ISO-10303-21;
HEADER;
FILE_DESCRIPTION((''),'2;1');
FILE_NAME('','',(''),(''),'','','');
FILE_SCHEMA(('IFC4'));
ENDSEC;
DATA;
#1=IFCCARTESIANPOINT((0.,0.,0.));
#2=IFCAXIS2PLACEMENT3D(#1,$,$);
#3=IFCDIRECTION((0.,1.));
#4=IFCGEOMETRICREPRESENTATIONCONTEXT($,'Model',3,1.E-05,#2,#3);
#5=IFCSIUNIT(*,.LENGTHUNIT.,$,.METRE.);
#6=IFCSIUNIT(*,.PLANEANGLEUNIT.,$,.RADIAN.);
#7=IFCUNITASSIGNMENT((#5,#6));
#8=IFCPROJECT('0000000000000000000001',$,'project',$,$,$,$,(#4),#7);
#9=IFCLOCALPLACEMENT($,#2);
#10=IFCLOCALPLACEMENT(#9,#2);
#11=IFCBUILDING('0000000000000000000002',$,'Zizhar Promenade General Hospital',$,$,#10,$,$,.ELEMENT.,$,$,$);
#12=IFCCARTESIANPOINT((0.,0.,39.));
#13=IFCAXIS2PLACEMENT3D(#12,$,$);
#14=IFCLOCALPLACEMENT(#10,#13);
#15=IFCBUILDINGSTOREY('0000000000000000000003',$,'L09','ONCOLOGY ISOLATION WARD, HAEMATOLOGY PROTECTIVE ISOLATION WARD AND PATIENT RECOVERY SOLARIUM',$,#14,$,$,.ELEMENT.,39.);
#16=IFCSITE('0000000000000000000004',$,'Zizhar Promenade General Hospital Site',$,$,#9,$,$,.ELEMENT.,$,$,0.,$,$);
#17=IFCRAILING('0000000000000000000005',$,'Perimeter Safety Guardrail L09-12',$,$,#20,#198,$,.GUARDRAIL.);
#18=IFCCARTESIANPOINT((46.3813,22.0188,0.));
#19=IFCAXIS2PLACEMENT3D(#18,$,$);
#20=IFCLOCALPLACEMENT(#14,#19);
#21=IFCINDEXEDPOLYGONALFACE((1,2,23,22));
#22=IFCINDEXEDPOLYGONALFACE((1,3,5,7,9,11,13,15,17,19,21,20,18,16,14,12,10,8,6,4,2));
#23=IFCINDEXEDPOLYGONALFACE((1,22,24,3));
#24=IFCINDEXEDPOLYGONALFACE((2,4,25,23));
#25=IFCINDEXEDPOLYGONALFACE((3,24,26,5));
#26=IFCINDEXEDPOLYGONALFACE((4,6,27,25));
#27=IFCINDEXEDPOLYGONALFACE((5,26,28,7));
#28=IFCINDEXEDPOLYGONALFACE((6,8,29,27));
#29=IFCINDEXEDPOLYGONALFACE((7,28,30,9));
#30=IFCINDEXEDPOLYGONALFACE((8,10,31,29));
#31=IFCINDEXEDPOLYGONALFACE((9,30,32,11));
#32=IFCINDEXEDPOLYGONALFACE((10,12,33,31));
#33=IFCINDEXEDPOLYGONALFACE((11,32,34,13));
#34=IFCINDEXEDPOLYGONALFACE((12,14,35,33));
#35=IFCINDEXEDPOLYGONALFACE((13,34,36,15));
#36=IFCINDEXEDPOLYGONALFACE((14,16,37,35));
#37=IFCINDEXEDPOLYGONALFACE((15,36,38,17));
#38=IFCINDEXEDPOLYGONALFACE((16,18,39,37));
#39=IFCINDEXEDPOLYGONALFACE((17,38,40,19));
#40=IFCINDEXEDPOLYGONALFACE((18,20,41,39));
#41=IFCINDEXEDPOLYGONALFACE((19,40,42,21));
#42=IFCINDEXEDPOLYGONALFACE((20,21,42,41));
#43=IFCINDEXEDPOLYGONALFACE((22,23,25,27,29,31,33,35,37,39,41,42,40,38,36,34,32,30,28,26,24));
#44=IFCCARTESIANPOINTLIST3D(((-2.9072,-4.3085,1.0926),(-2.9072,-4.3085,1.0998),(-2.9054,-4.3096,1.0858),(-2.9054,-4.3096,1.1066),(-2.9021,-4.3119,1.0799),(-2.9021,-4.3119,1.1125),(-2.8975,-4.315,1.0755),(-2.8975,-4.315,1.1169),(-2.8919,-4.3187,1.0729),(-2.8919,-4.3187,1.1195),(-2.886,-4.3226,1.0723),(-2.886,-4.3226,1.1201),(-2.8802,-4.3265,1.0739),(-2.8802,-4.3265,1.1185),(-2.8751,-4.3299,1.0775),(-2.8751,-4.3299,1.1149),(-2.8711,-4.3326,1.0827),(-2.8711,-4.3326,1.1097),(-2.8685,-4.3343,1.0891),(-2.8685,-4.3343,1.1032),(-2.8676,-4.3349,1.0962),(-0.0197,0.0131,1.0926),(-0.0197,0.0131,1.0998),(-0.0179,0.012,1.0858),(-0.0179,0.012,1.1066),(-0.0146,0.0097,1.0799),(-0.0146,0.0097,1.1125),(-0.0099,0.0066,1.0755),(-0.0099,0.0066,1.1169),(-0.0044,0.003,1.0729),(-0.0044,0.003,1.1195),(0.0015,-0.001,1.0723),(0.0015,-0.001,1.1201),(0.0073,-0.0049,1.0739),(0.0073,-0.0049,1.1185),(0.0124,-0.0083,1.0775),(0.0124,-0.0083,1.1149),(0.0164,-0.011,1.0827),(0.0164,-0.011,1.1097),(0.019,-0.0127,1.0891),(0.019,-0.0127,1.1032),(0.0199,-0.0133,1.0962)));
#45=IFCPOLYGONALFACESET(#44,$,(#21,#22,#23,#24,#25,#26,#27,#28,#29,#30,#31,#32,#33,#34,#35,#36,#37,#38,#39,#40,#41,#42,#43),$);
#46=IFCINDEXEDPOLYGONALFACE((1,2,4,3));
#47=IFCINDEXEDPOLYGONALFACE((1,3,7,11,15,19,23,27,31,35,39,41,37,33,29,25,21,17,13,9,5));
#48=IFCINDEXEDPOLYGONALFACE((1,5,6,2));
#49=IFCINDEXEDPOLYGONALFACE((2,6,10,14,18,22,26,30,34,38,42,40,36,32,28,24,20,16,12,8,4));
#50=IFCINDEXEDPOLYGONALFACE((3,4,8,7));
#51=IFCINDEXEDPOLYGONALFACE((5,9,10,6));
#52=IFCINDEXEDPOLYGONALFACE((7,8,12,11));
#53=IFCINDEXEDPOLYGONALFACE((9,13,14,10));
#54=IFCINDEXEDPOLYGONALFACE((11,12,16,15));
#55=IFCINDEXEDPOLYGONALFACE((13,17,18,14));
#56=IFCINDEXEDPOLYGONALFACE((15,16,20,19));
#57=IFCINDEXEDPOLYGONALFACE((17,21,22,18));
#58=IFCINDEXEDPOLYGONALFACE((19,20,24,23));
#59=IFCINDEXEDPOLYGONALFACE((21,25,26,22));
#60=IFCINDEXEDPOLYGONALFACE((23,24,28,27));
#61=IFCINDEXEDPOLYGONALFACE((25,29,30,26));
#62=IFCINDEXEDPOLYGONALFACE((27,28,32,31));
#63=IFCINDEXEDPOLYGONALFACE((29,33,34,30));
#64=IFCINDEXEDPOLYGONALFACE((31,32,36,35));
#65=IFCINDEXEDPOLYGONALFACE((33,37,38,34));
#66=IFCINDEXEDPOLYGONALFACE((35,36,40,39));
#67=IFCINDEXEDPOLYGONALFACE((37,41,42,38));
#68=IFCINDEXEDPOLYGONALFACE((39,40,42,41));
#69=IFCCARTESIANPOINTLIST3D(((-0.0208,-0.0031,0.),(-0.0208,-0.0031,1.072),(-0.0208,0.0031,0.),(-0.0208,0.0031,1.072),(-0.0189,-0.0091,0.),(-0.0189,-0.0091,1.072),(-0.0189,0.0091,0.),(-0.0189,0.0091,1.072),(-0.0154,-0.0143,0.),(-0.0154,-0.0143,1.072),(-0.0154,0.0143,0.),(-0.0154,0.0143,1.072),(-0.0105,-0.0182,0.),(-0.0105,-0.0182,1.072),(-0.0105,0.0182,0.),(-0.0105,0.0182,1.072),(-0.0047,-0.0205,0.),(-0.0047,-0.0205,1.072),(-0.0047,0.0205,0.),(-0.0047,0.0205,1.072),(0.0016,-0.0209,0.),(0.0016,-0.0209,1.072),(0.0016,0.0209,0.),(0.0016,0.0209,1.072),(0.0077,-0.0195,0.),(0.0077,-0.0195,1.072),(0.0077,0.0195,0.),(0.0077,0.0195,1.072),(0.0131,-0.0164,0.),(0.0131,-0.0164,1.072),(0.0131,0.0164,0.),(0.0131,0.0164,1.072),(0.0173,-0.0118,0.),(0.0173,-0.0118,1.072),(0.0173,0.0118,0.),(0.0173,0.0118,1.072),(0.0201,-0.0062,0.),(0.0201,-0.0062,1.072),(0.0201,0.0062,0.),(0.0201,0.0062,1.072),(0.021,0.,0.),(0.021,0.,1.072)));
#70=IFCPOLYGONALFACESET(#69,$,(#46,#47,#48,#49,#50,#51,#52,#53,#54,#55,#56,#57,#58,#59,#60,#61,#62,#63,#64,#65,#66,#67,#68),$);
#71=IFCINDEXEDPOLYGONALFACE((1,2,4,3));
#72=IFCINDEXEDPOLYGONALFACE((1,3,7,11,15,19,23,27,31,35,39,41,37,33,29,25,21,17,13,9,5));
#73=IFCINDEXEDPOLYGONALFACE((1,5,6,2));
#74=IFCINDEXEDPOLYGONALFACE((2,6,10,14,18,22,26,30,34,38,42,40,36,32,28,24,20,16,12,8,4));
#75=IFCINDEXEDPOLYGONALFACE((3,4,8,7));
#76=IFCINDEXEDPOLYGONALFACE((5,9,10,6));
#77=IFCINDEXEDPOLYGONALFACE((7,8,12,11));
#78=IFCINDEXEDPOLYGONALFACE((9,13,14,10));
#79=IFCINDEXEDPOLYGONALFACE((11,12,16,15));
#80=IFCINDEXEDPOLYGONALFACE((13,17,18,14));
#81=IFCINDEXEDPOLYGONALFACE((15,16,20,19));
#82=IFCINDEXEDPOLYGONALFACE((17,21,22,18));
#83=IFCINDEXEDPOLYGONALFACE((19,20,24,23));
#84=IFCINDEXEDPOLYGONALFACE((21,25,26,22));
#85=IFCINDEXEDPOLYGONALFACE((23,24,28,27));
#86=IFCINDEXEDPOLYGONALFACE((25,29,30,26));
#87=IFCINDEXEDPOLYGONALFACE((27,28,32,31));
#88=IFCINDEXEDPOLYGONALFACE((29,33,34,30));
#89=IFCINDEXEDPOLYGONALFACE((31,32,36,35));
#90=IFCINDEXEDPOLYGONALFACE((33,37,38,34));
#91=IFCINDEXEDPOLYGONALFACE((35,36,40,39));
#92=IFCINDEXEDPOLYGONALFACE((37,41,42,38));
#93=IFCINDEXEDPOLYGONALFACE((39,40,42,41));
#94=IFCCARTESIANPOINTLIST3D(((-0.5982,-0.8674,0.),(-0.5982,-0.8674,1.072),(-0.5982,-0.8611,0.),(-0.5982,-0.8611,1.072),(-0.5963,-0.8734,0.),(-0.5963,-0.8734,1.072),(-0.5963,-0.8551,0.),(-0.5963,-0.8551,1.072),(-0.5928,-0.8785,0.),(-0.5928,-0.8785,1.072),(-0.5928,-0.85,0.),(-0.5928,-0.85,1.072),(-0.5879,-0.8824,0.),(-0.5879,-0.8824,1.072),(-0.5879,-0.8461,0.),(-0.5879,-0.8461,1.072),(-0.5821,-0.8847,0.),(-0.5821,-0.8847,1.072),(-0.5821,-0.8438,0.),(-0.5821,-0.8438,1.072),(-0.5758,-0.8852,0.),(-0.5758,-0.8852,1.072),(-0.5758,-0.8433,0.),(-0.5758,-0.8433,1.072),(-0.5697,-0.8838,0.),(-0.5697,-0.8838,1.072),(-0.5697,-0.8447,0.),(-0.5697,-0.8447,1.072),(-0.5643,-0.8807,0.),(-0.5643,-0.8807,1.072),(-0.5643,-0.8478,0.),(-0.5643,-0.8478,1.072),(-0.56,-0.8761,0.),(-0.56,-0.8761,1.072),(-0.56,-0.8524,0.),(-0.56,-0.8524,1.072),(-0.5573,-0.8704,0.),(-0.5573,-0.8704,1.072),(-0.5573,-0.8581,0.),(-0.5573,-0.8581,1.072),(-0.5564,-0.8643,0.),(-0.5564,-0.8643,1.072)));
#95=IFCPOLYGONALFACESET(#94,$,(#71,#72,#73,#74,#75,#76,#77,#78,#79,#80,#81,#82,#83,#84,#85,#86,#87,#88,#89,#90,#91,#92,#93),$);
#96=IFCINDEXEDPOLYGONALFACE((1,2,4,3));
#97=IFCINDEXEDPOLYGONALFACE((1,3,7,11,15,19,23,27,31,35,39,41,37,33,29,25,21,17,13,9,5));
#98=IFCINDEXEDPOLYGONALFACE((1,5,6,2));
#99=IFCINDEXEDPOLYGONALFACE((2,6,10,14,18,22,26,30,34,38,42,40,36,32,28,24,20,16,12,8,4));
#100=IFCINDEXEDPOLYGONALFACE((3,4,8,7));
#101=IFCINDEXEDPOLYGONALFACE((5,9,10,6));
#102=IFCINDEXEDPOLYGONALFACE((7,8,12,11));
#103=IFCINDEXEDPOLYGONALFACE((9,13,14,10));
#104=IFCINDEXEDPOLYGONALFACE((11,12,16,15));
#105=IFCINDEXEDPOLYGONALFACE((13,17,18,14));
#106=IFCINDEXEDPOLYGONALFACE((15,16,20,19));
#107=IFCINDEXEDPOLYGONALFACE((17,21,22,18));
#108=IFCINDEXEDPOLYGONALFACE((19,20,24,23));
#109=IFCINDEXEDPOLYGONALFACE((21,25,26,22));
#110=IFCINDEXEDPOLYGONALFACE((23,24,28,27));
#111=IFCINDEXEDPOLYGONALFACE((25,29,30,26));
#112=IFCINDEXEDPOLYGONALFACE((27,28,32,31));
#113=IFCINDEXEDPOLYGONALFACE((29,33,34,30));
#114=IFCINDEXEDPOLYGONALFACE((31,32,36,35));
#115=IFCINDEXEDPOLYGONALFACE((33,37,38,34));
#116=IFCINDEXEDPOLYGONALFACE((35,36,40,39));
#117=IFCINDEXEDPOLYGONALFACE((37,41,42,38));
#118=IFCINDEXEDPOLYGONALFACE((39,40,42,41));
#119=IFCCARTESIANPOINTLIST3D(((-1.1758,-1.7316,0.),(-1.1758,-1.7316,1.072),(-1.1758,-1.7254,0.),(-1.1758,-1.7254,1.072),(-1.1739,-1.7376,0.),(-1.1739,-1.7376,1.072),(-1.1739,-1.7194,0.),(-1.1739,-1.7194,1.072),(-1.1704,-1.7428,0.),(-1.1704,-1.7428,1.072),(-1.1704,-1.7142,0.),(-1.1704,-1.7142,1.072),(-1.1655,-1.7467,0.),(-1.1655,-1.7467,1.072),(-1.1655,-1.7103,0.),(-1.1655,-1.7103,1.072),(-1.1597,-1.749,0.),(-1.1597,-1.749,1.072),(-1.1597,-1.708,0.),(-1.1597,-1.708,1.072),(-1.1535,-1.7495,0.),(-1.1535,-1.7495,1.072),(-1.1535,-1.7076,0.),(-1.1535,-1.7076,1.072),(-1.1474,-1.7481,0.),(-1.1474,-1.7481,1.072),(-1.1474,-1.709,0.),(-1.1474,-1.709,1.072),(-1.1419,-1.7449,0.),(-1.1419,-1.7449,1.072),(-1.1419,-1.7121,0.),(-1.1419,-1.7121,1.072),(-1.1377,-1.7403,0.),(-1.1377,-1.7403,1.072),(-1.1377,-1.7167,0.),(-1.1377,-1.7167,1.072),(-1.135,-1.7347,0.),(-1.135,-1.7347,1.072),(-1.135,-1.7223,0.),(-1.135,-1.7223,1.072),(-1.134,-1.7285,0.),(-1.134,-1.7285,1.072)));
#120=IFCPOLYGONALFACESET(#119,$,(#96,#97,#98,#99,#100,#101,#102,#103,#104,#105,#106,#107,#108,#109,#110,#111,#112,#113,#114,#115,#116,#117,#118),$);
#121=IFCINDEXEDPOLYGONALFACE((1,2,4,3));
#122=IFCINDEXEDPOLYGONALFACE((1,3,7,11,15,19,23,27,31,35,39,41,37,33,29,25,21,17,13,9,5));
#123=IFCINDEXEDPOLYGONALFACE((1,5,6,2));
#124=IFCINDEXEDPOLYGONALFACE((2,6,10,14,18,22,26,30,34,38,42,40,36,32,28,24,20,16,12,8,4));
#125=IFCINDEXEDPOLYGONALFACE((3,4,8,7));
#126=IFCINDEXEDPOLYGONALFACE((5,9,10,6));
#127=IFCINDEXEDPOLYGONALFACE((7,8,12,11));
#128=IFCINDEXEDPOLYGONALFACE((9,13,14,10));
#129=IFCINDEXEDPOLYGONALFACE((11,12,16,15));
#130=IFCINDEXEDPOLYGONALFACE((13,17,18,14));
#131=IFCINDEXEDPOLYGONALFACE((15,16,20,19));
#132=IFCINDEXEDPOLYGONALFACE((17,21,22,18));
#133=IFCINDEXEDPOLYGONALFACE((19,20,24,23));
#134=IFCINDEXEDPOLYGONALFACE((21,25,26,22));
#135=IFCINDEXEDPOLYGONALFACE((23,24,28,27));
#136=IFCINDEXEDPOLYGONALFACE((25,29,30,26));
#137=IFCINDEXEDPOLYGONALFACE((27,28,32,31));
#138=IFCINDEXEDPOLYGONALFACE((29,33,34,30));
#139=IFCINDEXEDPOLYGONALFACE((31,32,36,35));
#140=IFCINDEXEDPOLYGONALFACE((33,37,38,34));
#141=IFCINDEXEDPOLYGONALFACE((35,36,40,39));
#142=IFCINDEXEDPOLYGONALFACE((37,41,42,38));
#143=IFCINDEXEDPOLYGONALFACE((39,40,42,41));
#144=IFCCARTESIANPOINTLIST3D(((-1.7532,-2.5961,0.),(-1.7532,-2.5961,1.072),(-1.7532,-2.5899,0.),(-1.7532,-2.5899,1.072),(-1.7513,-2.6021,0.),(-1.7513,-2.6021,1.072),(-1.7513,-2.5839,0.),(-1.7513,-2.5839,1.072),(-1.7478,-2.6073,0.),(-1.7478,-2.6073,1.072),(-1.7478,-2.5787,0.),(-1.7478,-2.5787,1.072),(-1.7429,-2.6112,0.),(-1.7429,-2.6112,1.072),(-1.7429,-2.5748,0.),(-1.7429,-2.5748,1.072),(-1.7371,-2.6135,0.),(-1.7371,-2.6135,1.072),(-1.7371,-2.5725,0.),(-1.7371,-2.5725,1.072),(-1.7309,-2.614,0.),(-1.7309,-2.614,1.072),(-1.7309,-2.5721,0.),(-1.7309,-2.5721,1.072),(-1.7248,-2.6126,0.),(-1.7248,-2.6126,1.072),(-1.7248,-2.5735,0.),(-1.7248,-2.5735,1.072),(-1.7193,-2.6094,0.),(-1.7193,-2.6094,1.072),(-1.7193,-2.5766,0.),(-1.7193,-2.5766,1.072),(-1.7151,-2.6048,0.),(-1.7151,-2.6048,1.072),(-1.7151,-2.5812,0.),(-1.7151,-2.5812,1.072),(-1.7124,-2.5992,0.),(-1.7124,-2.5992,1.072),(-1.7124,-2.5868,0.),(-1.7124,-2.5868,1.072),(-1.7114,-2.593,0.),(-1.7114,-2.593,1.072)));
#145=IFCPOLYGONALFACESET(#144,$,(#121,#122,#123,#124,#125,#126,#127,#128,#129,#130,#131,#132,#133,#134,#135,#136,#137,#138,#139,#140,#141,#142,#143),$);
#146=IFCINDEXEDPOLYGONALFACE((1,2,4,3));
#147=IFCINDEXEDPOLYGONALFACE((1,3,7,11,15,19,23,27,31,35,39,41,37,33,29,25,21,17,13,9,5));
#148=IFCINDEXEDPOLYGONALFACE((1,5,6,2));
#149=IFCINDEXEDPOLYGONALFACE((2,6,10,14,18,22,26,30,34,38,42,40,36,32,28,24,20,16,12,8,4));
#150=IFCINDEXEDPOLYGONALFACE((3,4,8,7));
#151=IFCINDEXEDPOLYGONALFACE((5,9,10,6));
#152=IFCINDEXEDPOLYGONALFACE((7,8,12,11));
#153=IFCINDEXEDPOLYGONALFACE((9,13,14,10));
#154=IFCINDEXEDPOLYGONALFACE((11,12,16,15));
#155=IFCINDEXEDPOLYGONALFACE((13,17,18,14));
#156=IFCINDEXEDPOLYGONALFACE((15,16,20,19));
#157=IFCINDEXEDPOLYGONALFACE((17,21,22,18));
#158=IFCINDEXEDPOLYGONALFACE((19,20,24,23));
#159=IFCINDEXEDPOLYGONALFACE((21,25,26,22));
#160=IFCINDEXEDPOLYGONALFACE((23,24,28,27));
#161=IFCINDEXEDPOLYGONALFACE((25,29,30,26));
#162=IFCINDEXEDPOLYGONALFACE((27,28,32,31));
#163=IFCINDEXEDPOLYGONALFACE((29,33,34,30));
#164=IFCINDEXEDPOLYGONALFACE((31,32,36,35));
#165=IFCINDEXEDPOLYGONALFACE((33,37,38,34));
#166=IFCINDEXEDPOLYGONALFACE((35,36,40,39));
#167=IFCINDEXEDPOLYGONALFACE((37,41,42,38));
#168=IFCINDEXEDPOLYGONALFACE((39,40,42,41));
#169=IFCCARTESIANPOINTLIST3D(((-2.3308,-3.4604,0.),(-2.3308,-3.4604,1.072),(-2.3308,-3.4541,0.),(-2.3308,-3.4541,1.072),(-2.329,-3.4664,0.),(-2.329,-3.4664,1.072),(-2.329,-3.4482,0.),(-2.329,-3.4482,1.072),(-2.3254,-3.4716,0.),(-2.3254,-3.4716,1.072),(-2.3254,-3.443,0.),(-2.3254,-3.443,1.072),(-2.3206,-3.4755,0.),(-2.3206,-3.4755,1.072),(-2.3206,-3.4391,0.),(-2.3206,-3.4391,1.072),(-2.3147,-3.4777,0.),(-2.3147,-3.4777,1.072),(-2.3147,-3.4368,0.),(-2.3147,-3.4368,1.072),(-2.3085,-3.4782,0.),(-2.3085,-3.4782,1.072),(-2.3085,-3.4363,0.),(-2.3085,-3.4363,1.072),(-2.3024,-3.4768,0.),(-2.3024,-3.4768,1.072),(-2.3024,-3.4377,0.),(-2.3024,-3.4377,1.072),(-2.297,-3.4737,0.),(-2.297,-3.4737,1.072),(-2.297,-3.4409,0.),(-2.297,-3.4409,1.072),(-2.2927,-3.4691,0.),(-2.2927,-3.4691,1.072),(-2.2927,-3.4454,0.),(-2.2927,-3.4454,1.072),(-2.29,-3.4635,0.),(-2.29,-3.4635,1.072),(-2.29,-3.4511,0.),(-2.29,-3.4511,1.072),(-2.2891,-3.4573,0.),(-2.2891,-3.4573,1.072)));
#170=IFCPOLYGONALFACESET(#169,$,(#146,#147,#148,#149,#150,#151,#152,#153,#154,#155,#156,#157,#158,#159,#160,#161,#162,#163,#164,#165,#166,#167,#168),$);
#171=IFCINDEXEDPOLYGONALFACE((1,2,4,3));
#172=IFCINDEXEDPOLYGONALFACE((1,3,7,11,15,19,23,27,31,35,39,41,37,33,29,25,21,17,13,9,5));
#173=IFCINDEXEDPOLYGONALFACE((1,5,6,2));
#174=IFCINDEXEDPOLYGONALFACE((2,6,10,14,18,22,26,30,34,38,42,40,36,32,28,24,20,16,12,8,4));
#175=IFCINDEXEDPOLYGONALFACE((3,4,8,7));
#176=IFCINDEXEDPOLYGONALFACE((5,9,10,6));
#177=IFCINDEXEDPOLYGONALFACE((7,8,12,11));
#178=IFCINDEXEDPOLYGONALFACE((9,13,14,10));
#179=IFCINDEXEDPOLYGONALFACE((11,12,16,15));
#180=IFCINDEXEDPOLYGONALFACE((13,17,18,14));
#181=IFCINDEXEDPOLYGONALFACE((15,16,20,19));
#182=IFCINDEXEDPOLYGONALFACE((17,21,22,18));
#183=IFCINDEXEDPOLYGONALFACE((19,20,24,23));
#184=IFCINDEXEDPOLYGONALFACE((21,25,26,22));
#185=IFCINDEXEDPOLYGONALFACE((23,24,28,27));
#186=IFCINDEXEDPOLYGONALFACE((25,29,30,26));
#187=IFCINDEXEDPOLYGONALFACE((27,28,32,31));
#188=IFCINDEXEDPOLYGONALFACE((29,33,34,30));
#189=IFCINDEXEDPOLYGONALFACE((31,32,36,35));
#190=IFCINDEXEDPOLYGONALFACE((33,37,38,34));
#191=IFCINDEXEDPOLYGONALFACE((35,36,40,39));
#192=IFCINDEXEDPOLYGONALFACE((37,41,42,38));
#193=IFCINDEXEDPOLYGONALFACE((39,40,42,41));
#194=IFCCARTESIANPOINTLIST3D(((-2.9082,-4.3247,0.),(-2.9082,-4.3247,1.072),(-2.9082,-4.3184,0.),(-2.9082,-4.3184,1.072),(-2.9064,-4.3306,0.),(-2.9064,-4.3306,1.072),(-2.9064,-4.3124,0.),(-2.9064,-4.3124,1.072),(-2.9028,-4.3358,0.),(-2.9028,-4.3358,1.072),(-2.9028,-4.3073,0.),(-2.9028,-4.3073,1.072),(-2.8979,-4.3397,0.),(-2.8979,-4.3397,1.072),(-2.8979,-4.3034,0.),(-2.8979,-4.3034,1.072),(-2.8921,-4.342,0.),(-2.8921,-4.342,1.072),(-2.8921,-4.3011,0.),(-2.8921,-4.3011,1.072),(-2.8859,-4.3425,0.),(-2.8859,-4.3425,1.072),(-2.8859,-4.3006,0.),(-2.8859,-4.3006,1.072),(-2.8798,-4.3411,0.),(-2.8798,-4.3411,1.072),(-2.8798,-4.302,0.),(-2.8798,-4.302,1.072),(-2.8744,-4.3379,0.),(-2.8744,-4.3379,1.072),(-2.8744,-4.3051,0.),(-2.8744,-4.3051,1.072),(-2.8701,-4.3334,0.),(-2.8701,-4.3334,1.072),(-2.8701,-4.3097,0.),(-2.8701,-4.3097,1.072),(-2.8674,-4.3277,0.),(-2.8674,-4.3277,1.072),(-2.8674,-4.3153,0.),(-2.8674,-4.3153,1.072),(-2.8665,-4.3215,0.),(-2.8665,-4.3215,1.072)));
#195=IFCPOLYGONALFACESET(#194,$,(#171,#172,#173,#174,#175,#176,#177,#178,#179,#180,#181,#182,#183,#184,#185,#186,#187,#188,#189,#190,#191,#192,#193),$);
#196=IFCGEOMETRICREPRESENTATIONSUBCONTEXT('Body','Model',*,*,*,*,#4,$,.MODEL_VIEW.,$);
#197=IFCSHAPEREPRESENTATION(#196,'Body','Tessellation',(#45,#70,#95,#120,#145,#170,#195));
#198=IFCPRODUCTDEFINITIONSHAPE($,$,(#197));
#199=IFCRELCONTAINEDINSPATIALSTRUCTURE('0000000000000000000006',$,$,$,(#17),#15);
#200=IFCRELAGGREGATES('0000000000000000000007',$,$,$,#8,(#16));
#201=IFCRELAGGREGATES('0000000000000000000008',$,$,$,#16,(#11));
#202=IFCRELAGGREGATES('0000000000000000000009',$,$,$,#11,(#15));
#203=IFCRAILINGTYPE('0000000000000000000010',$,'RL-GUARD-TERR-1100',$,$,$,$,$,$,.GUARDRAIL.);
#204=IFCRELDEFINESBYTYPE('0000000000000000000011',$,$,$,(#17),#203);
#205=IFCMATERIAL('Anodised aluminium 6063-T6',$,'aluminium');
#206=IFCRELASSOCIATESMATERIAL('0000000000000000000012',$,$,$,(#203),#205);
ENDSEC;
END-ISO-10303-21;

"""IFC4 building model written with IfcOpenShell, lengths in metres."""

from ifc_helpers import new_model, si_unit, direction, frame, origin, origin_2d, place, context, subcontext, project, spatial, circle, hollow_circle, extrude, material, material_profile, profile_set, type_object, element, save


model = new_model("IFC4")

# Units and contexts
model_context = context("Model", 3, precision=1e-05, world=origin(), true_north=direction((0.0, 1.0)))
body_context = subcontext(model_context, "Body", "Model", "MODEL_VIEW")
ifc_project = project(units=[si_unit("LENGTHUNIT", "METRE"), si_unit("PLANEANGLEUNIT", "RADIAN")], contexts=[model_context])

# Site, building, storey
site_placement = place(None, origin())
site = spatial("IfcSite", under=ifc_project, at=site_placement, Name="Zizhar Promenade General Hospital Site", CompositionType="ELEMENT", RefElevation=0.0)
building_placement = place(site_placement, origin())
building = spatial("IfcBuilding", under=site, at=building_placement, Name="Zizhar Promenade General Hospital", CompositionType="ELEMENT")
storey_placement = place(building_placement, frame((0.0, 0.0, 39.0)))
storey = spatial("IfcBuildingStorey", under=building, at=storey_placement, Name="L09", Description="ONCOLOGY ISOLATION WARD, HAEMATOLOGY PROTECTIVE ISOLATION WARD AND PATIENT RECOVERY SOLARIUM", CompositionType="ELEMENT", Elevation=39.0)

# Railing
ifc_material_1 = material(Name="Anodised aluminium 6063-T6", Category="aluminium")
ifc_material_profile_1 = material_profile(ifc_material_1, hollow_circle(Radius=0.0698, WallThickness=0.0063, at=origin_2d()))
ifc_profile_set_1 = profile_set([ifc_material_profile_1], Name="Anodised aluminium 6063-T6")
railing_type = type_object("IfcRailingType", Name="RL-GUARD-TERR-1100", PredefinedType="GUARDRAIL", material=ifc_profile_set_1)
railing_1_placement = place(storey_placement, frame((46.3813, 22.0188, 0.0)))
element("IfcRailing", 1, at=railing_1_placement, inside=storey, type_object=railing_type, Name="Perimeter Safety Guardrail L09-12", PredefinedType="GUARDRAIL", context=body_context, shape_type="SweptSolid", body=[
    extrude(circle(Radius=0.0239, at=origin_2d()), frame((0.0, 0.0, 1.0962), z_axis=(-0.555556, -0.831479, 0.0), x_axis=(0.831479, -0.555556, 0.0)), (0.0, 0.0, 1.0), 5.1975),
    extrude(circle(Radius=0.021, at=origin_2d()), origin(), (0.0, 0.0, 1.0), 1.072),
    extrude(circle(Radius=0.021, at=origin_2d()), frame((-0.5774, -0.8643, 0.0)), (0.0, 0.0, 1.0), 1.072),
    extrude(circle(Radius=0.021, at=origin_2d()), frame((-1.155, -1.7285, 0.0)), (0.0, 0.0, 1.0), 1.072),
    extrude(circle(Radius=0.021, at=origin_2d()), frame((-1.7324, -2.593, 0.0)), (0.0, 0.0, 1.0), 1.072),
    extrude(circle(Radius=0.021, at=origin_2d()), frame((-2.3101, -3.4573, 0.0)), (0.0, 0.0, 1.0), 1.072),
    extrude(circle(Radius=0.021, at=origin_2d()), frame((-2.8875, -4.3215, 0.0)), (0.0, 0.0, 1.0), 1.072),
])

save(model, "model.ifc")
